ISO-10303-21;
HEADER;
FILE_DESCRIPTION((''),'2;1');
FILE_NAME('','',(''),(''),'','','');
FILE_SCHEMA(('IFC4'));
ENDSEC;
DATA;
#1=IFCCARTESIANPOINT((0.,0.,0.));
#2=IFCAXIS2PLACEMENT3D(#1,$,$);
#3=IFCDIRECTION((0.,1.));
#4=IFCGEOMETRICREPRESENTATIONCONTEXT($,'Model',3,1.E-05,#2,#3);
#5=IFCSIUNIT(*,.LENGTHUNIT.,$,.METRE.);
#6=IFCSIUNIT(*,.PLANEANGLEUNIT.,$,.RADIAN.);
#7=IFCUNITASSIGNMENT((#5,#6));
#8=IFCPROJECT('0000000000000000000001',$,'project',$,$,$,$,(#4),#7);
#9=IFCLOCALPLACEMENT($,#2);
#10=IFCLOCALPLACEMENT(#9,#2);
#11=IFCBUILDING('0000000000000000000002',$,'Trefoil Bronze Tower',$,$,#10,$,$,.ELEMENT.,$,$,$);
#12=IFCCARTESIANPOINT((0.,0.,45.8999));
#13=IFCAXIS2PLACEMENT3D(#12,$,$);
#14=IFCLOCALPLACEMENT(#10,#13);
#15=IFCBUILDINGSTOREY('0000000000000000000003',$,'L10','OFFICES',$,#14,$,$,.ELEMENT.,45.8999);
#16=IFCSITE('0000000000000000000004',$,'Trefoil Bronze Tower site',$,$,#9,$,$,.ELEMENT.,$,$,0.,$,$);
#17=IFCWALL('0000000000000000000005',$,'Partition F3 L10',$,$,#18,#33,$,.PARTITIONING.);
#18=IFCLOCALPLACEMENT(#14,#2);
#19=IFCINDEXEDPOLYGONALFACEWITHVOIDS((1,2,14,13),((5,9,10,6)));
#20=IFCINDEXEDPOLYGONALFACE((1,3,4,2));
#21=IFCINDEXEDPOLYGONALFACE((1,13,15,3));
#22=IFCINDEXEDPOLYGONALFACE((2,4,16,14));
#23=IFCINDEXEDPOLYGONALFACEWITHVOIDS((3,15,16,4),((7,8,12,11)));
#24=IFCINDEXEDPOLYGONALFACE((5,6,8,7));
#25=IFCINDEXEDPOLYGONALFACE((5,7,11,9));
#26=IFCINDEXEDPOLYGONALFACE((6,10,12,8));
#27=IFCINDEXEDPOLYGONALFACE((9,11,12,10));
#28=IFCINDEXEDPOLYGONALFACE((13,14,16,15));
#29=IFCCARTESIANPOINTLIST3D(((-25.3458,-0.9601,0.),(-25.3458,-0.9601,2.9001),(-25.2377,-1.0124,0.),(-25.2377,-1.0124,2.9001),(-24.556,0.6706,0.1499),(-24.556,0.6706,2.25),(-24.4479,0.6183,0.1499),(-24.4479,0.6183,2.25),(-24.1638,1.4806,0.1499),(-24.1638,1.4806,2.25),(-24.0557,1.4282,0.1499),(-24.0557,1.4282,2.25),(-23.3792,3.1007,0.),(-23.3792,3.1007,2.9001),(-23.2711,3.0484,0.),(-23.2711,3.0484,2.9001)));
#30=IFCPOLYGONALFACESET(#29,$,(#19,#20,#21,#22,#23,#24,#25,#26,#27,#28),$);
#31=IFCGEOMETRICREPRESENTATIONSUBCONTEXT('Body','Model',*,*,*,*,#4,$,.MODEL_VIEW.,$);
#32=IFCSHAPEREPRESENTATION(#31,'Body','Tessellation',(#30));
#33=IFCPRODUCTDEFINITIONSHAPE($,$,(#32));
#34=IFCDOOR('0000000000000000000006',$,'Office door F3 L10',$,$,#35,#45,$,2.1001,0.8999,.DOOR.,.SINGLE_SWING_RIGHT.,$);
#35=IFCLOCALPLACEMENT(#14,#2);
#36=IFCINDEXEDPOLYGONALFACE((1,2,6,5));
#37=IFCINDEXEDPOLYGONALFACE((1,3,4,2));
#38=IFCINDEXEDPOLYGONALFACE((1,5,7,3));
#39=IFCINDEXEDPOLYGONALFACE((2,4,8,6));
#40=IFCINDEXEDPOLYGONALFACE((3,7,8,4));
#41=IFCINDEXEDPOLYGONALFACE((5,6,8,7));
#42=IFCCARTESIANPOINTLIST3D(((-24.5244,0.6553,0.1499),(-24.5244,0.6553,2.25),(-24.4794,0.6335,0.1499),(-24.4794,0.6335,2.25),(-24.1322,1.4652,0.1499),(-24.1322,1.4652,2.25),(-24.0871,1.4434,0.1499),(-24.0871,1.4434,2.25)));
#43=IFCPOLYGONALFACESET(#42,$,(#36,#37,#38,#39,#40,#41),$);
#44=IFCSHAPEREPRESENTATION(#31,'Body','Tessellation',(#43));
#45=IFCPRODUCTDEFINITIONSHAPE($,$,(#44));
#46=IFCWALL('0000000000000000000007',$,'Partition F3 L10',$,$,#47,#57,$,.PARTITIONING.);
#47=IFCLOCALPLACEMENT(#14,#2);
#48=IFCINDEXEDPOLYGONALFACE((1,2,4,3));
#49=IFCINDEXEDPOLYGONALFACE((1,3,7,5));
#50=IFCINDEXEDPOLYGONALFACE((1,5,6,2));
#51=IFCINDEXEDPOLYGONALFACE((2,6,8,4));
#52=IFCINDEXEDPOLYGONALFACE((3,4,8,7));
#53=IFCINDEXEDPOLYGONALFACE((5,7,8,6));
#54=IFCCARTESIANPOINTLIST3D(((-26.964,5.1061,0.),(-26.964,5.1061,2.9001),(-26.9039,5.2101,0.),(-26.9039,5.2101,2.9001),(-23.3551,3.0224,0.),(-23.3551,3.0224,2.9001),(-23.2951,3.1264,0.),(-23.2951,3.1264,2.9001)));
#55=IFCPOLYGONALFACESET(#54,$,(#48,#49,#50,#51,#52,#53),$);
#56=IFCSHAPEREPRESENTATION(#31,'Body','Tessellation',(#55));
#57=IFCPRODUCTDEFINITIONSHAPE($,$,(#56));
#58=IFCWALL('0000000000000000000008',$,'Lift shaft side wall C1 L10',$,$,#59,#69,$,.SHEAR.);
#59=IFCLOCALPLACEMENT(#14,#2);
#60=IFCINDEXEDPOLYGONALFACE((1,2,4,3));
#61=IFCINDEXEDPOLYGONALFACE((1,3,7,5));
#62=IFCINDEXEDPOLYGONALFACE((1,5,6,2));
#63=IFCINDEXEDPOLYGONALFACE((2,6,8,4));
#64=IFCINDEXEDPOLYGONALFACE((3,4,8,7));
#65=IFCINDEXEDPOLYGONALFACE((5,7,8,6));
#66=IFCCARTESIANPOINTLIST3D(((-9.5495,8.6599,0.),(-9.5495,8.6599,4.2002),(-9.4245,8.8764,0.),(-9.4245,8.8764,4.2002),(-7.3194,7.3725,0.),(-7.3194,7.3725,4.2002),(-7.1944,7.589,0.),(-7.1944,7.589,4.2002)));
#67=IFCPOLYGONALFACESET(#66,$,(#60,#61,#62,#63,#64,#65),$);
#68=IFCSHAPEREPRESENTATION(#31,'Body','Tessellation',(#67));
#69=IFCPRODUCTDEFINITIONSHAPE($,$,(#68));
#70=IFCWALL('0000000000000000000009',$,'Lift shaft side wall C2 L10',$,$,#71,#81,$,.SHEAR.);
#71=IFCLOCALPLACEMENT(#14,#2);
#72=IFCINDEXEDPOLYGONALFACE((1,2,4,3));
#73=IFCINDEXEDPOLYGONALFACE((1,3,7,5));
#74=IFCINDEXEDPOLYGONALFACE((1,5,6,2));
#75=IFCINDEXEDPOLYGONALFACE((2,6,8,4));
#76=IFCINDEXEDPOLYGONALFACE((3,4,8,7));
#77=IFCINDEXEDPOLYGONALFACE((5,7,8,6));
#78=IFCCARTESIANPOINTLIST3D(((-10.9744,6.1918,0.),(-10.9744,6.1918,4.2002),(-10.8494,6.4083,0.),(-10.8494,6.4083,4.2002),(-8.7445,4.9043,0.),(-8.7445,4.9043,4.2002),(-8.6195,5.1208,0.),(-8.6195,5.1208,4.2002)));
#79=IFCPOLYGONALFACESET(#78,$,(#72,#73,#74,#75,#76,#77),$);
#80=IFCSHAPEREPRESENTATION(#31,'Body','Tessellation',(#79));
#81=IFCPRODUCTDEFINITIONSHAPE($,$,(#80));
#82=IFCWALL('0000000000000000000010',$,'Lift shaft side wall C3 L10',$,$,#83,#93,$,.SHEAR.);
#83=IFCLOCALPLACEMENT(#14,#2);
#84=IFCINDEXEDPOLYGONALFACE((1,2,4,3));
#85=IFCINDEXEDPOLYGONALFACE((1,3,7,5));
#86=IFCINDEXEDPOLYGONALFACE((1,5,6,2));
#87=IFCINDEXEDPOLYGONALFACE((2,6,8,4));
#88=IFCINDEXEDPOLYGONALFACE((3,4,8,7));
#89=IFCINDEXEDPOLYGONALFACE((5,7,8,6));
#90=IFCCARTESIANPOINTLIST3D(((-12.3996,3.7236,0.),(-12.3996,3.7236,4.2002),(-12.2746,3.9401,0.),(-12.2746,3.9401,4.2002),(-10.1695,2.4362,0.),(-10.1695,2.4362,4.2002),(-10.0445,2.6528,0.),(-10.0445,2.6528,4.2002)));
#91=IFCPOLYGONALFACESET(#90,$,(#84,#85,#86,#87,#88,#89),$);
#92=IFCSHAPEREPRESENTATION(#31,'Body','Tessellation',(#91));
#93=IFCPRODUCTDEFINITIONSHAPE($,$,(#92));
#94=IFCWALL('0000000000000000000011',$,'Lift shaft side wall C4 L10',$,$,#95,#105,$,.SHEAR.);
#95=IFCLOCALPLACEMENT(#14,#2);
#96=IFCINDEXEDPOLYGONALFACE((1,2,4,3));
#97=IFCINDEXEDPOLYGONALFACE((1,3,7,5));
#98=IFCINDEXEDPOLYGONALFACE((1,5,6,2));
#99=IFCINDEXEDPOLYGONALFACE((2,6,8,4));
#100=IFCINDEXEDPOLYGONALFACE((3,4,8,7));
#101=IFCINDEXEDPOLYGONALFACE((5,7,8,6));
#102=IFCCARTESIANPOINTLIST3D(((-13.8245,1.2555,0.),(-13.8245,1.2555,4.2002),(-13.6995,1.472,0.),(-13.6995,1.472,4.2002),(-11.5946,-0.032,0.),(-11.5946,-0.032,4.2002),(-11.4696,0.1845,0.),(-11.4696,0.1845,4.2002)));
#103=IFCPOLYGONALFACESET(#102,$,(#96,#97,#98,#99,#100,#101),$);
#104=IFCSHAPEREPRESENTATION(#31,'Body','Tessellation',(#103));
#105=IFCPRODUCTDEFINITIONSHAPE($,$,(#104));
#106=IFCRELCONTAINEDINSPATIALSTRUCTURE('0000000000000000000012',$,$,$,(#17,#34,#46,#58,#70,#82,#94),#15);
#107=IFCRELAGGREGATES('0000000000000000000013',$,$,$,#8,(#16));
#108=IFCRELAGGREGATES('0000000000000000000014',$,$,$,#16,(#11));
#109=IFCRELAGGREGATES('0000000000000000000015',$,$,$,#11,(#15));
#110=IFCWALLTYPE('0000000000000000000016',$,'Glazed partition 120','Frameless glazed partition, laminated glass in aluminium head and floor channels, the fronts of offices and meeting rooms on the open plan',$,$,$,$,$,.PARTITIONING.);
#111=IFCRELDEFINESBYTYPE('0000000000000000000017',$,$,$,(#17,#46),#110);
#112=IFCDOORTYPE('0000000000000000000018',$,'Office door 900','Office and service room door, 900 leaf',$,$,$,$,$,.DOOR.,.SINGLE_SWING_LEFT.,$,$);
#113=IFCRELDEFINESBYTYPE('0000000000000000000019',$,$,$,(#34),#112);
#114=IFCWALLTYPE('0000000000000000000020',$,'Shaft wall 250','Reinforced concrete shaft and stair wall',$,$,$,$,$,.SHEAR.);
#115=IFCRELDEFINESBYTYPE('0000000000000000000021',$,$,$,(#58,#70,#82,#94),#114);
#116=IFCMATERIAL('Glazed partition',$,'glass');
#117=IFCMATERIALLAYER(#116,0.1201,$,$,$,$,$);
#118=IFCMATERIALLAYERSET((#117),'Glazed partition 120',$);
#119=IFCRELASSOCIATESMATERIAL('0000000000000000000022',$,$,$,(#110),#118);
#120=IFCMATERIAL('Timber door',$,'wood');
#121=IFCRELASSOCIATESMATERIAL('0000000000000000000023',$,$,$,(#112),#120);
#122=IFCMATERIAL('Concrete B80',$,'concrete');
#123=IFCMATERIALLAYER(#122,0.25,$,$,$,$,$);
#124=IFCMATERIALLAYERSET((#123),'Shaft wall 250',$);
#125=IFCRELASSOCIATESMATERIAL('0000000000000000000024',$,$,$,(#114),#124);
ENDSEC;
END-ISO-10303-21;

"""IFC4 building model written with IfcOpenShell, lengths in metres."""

from ifc_helpers import new_model, si_unit, direction, frame, frame_2d, origin, place, context, subcontext, project, spatial, rectangle, extrude, material, layer, layer_set, type_object, element, fill, save


model = new_model("IFC4")

# Units and contexts
model_context = context("Model", 3, precision=1e-05, world=origin(), true_north=direction((0.0, 1.0)))
body_context = subcontext(model_context, "Body", "Model", "MODEL_VIEW")
ifc_project = project(units=[si_unit("LENGTHUNIT", "METRE"), si_unit("PLANEANGLEUNIT", "RADIAN")], contexts=[model_context])

# Site, building, storey
site_placement = place(None, origin())
site = spatial("IfcSite", under=ifc_project, at=site_placement, Name="Trefoil Bronze Tower site", CompositionType="ELEMENT", RefElevation=0.0)
building_placement = place(site_placement, origin())
building = spatial("IfcBuilding", under=site, at=building_placement, Name="Trefoil Bronze Tower", CompositionType="ELEMENT")
storey_placement = place(building_placement, frame((0.0, 0.0, 45.8999)))
storey = spatial("IfcBuildingStorey", under=building, at=storey_placement, Name="L10", Description="OFFICES", CompositionType="ELEMENT", Elevation=45.8999)

# Shared definitions
ifc_material_1 = material(Name="Glazed partition", Category="glass")
ifc_layer_1 = layer(ifc_material_1, 0.1201)
ifc_layer_set_1 = layer_set([ifc_layer_1], Name="Glazed partition 120")
wall_type_1 = type_object("IfcWallType", Name="Glazed partition 120", Description="Frameless glazed partition, laminated glass in aluminium head and floor channels, the fronts of offices and meeting rooms on the open plan", PredefinedType="PARTITIONING", material=ifc_layer_set_1)
ifc_material_2 = material(Name="Timber door", Category="wood")
door_type_1 = type_object("IfcDoorType", Name="Office door 900", Description="Office and service room door, 900 leaf", OperationType="SINGLE_SWING_LEFT", PredefinedType="DOOR", material=ifc_material_2)

# Wall, opening, door
wall_1_placement = place(storey_placement, frame((-23.3252, 3.0745, 0.0), z_axis=(0.0, 0.0, 1.0), x_axis=(-0.435858, -0.900015, 0.0)))
wall_1 = element("IfcWall", 1, at=wall_1_placement, inside=storey, type_object=wall_type_1, Name="Partition F3 L10", PredefinedType="PARTITIONING", context=body_context, shape_type="SweptSolid", body=[
    extrude(rectangle(XDim=4.512, YDim=0.1201, at=frame_2d((2.2559, 0.0))), origin(), (0.0, 0.0, 1.0), 2.9001),
])
opening_1_placement = place(wall_1_placement, frame((1.8, 0.0, 0.1499)))
opening_1 = element("IfcOpeningElement", 2, at=opening_1_placement, cuts=wall_1, PredefinedType="OPENING", context=body_context, shape_type="SweptSolid", body=[
    extrude(rectangle(XDim=0.8999, YDim=2.1001, at=frame_2d((0.45, 1.05))), frame((0.0, 0.0701, 0.0), z_axis=(0.0, -1.0, 0.0), x_axis=(1.0, 0.0, 0.0)), (0.0, 0.0, 1.0), 0.1401),
])
door_1_placement = place(opening_1_placement, frame((0.8999, 0.0, 0.0), z_axis=(0.0, 0.0, 1.0), x_axis=(-1.0, 0.0, 0.0)))
door_1 = element("IfcDoor", 3, at=door_1_placement, inside=storey, type_object=door_type_1, Name="Office door F3 L10", OperationType="SINGLE_SWING_RIGHT", OverallHeight=2.1001, OverallWidth=0.8999, PredefinedType="DOOR", context=body_context, shape_type="SweptSolid", body=[
    extrude(rectangle(XDim=0.8999, YDim=2.1001, at=frame_2d((0.45, 1.05))), frame((0.0, 0.0249, 0.0), z_axis=(0.0, -1.0, 0.0), x_axis=(1.0, 0.0, 0.0)), (0.0, 0.0, 1.0), 0.05),
])
fill(opening_1, door_1)

# Walls
wall_2_placement = place(storey_placement, frame((-23.3252, 3.0745, 0.0), z_axis=(0.0, 0.0, 1.0), x_axis=(-0.86601, 0.500027, 0.0)))
element("IfcWall", 4, at=wall_2_placement, inside=storey, type_object=wall_type_1, Name="Partition F3 L10", PredefinedType="PARTITIONING", context=body_context, shape_type="SweptSolid", body=[
    extrude(rectangle(XDim=4.1672, YDim=0.1201, at=frame_2d((2.0835, 0.0))), origin(), (0.0, 0.0, 1.0), 2.9001),
])
ifc_material_3 = material(Name="Concrete B80", Category="concrete")
ifc_layer_2 = layer(ifc_material_3, 0.25)
ifc_layer_set_2 = layer_set([ifc_layer_2], Name="Shaft wall 250")
wall_type_2 = type_object("IfcWallType", Name="Shaft wall 250", Description="Reinforced concrete shaft and stair wall", PredefinedType="SHEAR", material=ifc_layer_set_2)
for number, where, z_axis, x_axis, name in (
    (5, (-7.2568, 7.4807, 0.0), (0.0, 0.0, 1.0), (-0.866047, 0.499963, 0.0), "Lift shaft side wall C1 L10"),
    (6, (-8.6819, 5.0125, 0.0), (0.0, 0.0, 1.0), (-0.866006, 0.500034, 0.0), "Lift shaft side wall C2 L10"),
    (7, (-10.1069, 2.5444, 0.0), (0.0, 0.0, 1.0), (-0.866047, 0.499963, 0.0), "Lift shaft side wall C3 L10"),
    (8, (-11.532, 0.0762, 0.0), (0.0, 0.0, 1.0), (-0.866006, 0.500034, 0.0), "Lift shaft side wall C4 L10"),
):
    element("IfcWall", number, at=place(storey_placement, frame(where, z_axis=z_axis, x_axis=x_axis)), inside=storey, type_object=wall_type_2, Name=name, PredefinedType="SHEAR", context=body_context, shape_type="SweptSolid", body=[
        extrude(rectangle(XDim=2.575, YDim=0.25, at=frame_2d((1.2876, 0.0))), origin(), (0.0, 0.0, 1.0), 4.2002),
    ])

save(model, "model.ifc")
